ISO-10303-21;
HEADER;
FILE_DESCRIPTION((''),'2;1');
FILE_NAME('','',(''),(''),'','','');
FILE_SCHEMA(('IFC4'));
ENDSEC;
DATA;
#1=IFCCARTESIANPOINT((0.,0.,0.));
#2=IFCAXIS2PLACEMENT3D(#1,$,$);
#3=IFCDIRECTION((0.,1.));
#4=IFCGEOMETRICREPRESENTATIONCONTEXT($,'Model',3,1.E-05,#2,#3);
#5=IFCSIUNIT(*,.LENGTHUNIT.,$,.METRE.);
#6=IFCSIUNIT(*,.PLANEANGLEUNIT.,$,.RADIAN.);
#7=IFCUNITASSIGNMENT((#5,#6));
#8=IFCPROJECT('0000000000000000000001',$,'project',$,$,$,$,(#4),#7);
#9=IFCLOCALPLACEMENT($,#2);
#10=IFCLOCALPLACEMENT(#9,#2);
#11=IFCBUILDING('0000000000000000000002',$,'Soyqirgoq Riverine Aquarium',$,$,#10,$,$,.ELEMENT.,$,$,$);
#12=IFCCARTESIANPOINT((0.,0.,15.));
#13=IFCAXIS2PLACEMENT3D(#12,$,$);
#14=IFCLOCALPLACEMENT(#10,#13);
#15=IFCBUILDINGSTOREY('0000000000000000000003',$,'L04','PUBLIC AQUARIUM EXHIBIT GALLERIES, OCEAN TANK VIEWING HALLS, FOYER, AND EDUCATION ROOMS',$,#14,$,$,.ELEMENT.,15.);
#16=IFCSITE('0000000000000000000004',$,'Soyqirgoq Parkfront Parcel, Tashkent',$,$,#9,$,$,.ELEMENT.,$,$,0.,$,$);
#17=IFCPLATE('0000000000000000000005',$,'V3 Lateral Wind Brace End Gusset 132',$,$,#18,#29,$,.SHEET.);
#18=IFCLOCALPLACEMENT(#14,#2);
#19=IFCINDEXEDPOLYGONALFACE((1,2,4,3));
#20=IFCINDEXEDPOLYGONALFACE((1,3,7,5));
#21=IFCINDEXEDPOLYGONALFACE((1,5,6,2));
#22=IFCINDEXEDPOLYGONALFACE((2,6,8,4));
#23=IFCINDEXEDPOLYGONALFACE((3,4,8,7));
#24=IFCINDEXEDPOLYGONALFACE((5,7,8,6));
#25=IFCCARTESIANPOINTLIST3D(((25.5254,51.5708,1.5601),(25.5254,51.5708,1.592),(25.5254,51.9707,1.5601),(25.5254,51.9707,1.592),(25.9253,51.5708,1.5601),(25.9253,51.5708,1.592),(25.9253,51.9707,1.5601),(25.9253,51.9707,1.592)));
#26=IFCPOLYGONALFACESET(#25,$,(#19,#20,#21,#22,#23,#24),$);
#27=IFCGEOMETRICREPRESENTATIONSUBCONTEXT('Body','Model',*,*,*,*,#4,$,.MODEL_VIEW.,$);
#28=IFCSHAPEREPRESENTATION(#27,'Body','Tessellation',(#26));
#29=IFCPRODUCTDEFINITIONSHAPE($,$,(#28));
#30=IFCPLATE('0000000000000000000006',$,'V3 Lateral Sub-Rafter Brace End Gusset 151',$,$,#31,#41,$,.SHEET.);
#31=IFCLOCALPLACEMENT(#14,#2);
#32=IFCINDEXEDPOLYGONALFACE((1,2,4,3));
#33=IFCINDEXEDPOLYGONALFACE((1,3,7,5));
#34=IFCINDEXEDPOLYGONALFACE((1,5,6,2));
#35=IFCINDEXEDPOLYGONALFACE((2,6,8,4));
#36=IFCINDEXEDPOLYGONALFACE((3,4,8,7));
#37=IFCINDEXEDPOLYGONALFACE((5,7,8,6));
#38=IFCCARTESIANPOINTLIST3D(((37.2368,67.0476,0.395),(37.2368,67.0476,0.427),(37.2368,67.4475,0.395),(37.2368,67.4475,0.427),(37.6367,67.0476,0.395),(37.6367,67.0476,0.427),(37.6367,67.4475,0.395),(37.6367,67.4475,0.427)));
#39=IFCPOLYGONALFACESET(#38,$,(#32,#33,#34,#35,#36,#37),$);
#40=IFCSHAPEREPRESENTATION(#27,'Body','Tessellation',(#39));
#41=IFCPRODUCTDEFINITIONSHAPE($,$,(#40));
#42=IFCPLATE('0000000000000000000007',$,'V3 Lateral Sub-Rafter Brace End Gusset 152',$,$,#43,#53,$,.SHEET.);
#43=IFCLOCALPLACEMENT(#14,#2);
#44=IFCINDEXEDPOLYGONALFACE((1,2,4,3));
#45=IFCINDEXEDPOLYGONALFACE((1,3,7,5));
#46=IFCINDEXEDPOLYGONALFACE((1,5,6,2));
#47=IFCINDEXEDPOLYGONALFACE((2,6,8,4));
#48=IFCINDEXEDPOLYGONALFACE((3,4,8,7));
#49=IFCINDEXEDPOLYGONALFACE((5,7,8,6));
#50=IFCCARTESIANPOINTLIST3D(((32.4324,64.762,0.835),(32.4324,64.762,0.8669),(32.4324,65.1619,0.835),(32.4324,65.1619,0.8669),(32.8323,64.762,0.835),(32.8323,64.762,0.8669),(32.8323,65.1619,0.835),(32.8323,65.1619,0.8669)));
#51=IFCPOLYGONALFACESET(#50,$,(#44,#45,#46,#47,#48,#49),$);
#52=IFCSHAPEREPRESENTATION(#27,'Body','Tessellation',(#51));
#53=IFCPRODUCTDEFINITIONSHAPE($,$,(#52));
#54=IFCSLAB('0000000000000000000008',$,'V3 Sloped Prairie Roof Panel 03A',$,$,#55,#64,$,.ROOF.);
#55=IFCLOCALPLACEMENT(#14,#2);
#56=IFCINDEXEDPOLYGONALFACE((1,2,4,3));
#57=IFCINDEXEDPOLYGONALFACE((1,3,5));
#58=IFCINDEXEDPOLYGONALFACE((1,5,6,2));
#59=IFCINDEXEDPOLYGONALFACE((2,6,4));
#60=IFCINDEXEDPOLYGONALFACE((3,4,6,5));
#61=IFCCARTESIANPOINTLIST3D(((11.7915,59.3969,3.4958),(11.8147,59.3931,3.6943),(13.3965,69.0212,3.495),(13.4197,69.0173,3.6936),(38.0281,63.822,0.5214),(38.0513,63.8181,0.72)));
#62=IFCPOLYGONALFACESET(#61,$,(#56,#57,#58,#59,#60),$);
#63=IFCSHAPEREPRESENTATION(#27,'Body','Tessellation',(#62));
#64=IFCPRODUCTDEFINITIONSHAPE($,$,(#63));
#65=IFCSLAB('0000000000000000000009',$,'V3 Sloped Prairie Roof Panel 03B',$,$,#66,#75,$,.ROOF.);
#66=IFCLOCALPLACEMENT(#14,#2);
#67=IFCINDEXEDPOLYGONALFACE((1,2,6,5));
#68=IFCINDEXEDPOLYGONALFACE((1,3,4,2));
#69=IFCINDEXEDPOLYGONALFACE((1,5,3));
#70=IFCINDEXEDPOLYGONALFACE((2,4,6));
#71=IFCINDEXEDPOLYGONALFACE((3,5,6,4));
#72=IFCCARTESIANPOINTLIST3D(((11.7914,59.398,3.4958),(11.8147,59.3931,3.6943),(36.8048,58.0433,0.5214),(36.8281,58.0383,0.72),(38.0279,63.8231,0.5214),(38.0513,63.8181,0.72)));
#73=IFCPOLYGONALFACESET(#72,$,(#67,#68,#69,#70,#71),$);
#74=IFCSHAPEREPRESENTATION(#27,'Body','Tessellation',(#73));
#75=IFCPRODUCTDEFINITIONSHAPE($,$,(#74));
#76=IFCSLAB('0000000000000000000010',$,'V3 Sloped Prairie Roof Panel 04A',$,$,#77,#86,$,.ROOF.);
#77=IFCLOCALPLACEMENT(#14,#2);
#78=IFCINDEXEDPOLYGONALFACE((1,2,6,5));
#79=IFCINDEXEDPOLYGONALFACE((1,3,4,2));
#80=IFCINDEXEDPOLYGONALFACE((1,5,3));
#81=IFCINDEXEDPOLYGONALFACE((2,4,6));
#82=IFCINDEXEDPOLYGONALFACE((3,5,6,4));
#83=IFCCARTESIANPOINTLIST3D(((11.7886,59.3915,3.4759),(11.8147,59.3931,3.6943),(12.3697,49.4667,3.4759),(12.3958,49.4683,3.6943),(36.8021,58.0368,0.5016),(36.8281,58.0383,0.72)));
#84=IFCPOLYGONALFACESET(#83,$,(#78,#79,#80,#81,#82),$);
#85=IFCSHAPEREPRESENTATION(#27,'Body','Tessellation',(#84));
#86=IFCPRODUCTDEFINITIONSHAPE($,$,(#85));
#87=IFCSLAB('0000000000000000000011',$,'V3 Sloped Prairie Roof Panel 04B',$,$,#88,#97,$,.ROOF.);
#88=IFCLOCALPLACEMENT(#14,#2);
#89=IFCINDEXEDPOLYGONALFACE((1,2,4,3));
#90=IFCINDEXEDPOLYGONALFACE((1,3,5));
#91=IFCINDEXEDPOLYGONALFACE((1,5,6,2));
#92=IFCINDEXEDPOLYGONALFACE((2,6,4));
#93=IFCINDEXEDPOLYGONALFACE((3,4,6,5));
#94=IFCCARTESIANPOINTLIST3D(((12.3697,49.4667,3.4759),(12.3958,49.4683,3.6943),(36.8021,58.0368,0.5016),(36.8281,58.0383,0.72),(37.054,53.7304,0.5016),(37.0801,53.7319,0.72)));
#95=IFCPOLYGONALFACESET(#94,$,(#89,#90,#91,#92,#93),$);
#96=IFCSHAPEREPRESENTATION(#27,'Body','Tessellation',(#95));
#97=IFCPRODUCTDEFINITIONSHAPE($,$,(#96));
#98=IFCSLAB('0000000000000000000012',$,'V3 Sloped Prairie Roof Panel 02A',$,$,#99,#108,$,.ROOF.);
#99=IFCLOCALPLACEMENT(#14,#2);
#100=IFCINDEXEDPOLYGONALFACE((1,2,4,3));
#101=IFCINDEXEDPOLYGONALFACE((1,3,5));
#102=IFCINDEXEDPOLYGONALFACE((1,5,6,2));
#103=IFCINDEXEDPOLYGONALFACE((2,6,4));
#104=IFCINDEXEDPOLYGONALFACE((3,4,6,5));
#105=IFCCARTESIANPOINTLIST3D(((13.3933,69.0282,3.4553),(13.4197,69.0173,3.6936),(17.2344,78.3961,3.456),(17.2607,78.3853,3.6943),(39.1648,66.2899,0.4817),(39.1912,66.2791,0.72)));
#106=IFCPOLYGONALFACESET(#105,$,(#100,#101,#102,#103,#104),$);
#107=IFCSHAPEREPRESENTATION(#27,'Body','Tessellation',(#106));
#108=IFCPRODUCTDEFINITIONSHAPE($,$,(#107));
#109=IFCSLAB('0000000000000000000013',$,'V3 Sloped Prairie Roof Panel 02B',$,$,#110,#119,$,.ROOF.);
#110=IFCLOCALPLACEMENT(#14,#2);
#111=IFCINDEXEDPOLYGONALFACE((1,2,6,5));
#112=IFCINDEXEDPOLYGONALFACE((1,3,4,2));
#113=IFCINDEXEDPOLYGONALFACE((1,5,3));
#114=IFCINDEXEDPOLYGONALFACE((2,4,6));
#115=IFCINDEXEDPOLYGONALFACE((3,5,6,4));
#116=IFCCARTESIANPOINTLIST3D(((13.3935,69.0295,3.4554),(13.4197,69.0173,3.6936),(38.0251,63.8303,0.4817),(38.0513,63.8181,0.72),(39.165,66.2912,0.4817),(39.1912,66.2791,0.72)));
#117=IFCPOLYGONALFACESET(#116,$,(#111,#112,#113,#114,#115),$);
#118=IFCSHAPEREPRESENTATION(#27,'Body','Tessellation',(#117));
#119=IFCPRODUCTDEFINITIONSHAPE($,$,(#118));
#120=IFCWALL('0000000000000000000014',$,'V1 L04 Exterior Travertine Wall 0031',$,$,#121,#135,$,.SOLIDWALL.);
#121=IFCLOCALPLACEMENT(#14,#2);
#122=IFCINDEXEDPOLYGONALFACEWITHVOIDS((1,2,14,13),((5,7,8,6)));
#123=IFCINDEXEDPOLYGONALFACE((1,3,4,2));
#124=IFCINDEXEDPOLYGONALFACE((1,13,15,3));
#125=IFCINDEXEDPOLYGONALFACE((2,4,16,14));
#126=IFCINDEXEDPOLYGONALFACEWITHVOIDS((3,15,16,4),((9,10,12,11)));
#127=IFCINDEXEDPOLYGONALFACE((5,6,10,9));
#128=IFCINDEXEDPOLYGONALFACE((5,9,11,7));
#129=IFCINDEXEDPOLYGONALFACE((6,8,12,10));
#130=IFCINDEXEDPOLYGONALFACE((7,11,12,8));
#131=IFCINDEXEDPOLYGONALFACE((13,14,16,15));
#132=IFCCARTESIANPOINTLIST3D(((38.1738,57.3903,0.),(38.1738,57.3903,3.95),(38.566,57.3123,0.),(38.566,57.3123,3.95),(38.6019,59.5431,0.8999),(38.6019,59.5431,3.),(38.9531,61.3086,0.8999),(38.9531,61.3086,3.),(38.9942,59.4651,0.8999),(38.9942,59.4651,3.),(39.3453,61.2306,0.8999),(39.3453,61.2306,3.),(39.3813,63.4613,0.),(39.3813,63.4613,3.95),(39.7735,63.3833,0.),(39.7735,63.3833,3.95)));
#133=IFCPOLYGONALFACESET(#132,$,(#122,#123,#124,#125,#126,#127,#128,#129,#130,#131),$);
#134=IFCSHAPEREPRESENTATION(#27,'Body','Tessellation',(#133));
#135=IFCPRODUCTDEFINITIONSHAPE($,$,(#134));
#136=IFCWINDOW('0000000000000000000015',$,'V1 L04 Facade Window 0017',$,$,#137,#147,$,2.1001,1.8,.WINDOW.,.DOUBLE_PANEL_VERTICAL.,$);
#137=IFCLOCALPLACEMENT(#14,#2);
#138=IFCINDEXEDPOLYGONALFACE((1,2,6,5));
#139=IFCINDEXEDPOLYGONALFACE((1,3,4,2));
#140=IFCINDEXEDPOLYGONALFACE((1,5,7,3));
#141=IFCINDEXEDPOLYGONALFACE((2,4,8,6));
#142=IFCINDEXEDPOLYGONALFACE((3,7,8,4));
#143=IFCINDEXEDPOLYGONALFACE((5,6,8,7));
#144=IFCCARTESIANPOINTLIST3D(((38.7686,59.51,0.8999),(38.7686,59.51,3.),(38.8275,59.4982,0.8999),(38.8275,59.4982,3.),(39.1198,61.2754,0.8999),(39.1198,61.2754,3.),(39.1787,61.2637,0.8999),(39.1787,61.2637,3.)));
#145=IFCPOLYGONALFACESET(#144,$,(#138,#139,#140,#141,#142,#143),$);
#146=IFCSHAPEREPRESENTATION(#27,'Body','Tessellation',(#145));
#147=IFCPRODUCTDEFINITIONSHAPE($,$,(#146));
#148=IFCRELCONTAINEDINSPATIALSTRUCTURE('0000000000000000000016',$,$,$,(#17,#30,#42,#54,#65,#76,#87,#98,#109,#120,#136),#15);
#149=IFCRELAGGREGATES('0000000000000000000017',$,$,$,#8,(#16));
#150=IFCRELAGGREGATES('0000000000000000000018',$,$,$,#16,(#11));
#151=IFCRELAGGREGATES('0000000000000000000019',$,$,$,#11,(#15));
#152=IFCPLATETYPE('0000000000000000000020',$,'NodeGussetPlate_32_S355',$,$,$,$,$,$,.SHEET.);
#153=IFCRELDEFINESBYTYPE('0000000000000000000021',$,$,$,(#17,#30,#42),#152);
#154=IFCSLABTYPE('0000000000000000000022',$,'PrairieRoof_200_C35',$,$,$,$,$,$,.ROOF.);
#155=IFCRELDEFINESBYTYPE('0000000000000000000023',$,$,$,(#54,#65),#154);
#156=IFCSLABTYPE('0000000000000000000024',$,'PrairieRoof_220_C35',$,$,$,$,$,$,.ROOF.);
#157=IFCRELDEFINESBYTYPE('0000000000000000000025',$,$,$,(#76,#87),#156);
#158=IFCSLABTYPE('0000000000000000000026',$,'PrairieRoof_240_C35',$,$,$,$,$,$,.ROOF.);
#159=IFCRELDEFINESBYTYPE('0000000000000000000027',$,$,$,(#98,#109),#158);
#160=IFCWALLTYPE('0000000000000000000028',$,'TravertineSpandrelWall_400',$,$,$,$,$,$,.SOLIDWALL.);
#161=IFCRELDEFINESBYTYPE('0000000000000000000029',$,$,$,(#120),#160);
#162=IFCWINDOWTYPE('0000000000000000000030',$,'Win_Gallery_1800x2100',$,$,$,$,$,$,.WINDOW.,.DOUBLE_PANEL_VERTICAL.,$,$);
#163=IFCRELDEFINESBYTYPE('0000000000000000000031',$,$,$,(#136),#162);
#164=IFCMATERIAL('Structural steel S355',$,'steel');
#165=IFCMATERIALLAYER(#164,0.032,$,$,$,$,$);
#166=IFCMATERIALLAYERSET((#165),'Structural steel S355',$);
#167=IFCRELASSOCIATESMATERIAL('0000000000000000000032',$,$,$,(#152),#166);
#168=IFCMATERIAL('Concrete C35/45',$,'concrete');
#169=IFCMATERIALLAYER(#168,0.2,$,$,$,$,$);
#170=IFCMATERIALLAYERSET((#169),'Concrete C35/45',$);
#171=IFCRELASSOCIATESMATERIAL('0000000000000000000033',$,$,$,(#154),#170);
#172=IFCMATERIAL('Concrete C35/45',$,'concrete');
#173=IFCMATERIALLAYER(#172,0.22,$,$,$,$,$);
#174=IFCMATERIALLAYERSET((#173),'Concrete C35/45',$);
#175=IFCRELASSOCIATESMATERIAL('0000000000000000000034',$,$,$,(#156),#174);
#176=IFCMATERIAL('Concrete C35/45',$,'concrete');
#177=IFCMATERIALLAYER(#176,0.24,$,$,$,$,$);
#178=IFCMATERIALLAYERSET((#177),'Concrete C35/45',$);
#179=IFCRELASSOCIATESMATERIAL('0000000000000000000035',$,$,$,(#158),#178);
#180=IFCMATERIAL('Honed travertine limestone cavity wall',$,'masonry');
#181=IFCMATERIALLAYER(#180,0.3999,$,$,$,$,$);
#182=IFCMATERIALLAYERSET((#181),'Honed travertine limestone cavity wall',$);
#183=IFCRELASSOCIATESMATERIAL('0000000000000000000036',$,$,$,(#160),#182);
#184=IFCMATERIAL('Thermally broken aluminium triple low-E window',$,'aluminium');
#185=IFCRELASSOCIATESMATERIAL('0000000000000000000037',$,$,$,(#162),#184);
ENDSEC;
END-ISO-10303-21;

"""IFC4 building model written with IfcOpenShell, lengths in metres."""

from ifc_helpers import new_model, si_unit, direction, frame, frame_2d, origin, origin_2d, place, context, subcontext, project, spatial, polyline, rectangle, outline, extrude, material, layer, layer_set, type_object, element, fill, save


model = new_model("IFC4")

# Units and contexts
model_context = context("Model", 3, precision=1e-05, world=origin(), true_north=direction((0.0, 1.0)))
body_context = subcontext(model_context, "Body", "Model", "MODEL_VIEW")
ifc_project = project(units=[si_unit("LENGTHUNIT", "METRE"), si_unit("PLANEANGLEUNIT", "RADIAN")], contexts=[model_context])

# Site, building, storey
site_placement = place(None, origin())
site = spatial("IfcSite", under=ifc_project, at=site_placement, Name="Soyqirgoq Parkfront Parcel, Tashkent", CompositionType="ELEMENT", RefElevation=0.0)
building_placement = place(site_placement, origin())
building = spatial("IfcBuilding", under=site, at=building_placement, Name="Soyqirgoq Riverine Aquarium", CompositionType="ELEMENT")
storey_placement = place(building_placement, frame((0.0, 0.0, 15.0)))
storey = spatial("IfcBuildingStorey", under=building, at=storey_placement, Name="L04", Description="PUBLIC AQUARIUM EXHIBIT GALLERIES, OCEAN TANK VIEWING HALLS, FOYER, AND EDUCATION ROOMS", CompositionType="ELEMENT", Elevation=15.0)

# Plates
ifc_material_1 = material(Name="Structural steel S355", Category="steel")
ifc_layer_1 = layer(ifc_material_1, 0.032)
ifc_layer_set_1 = layer_set([ifc_layer_1], Name="Structural steel S355")
plate_type = type_object("IfcPlateType", Name="NodeGussetPlate_32_S355", PredefinedType="SHEET", material=ifc_layer_set_1)
for number, where, z_axis, x_axis, name in (
    (1, (25.7253, 51.7708, 1.5601), (0.0, 0.0, 1.0), (1.0, 0.0, 0.0), "V3 Lateral Wind Brace End Gusset 132"),
    (2, (37.4368, 67.2476, 0.395), (0.0, 0.0, 1.0), (1.0, 0.0, 0.0), "V3 Lateral Sub-Rafter Brace End Gusset 151"),
    (3, (32.6323, 64.9619, 0.835), (0.0, 0.0, 1.0), (1.0, 0.0, 0.0), "V3 Lateral Sub-Rafter Brace End Gusset 152"),
):
    element("IfcPlate", number, at=place(storey_placement, frame(where, z_axis=z_axis, x_axis=x_axis)), inside=storey, type_object=plate_type, Name=name, PredefinedType="SHEET", context=body_context, shape_type="SweptSolid", body=[
        extrude(rectangle(XDim=0.3999, YDim=0.3999, at=origin_2d()), origin(), (0.0, 0.0, 1.0), 0.032),
    ])

# Slabs
ifc_material_2 = material(Name="Concrete C35/45", Category="concrete")
ifc_layer_2 = layer(ifc_material_2, 0.2)
ifc_layer_set_2 = layer_set([ifc_layer_2], Name="Concrete C35/45")
slab_type_1 = type_object("IfcSlabType", Name="PrairieRoof_200_C35", PredefinedType="ROOF", material=ifc_layer_set_2)
slab_1_placement = place(storey_placement, frame((38.0513, 63.8181, 0.72), z_axis=(0.115828, -0.01924, 0.993083), x_axis=(-0.971685, 0.205103, 0.117306)))
element("IfcSlab", 4, at=slab_1_placement, inside=storey, type_object=slab_type_1, Name="V3 Sloped Prairie Roof Panel 03A", PredefinedType="ROOF", context=body_context, shape_type="SweptSolid", body=[
    extrude(outline(polyline([(0.0, 0.0), (25.3494, 0.0), (24.935, 9.7484), (0.0, 0.0)])), origin(), (0.0, 0.0, -1.0), 0.2),
])
slab_2_placement = place(storey_placement, frame((38.0513, 63.8181, 0.72), z_axis=(0.116724, -0.024702, 0.992857), x_axis=(-0.979969, -0.165281, 0.111096)))
element("IfcSlab", 5, at=slab_2_placement, inside=storey, type_object=slab_type_1, Name="V3 Sloped Prairie Roof Panel 03B", PredefinedType="ROOF", context=body_context, shape_type="SweptSolid", body=[
    extrude(outline(polyline([(0.0, 0.0), (26.7729, 0.0), (2.1539, 5.5011), (0.0, 0.0)])), origin(), (0.0, 0.0, -1.0), 0.2),
])
ifc_material_3 = material(Name="Concrete C35/45", Category="concrete")
ifc_layer_3 = layer(ifc_material_3, 0.22)
ifc_layer_set_3 = layer_set([ifc_layer_3], Name="Concrete C35/45")
slab_type_2 = type_object("IfcSlabType", Name="PrairieRoof_220_C35", PredefinedType="ROOF", material=ifc_layer_set_3)
slab_3_placement = place(storey_placement, frame((36.8281, 58.0383, 0.72), z_axis=(0.118446, 0.006935, 0.992936), x_axis=(-0.991571, 0.053704, 0.117908)))
element("IfcSlab", 6, at=slab_3_placement, inside=storey, type_object=slab_type_2, Name="V3 Sloped Prairie Roof Panel 04A", PredefinedType="ROOF", context=body_context, shape_type="SweptSolid", body=[
    extrude(outline(polyline([(0.0, 0.0), (25.2261, 0.0), (24.1169, 9.8797), (0.0, 0.0)])), origin(), (0.0, 0.0, -1.0), 0.22),
])
slab_4_placement = place(storey_placement, frame((36.8281, 58.0383, 0.72), z_axis=(0.118448, 0.00693, 0.992936), x_axis=(-0.937467, -0.328832, 0.114126)))
element("IfcSlab", 7, at=slab_4_placement, inside=storey, type_object=slab_type_2, Name="V3 Sloped Prairie Roof Panel 04B", PredefinedType="ROOF", context=body_context, shape_type="SweptSolid", body=[
    extrude(outline(polyline([(0.0, 0.0), (26.0621, 0.0), (1.1799, 4.1493), (0.0, 0.0)])), origin(), (0.0, 0.0, -1.0), 0.22),
])
ifc_material_4 = material(Name="Concrete C35/45", Category="concrete")
ifc_layer_4 = layer(ifc_material_4, 0.24)
ifc_layer_set_4 = layer_set([ifc_layer_4], Name="Concrete C35/45")
slab_type_3 = type_object("IfcSlabType", Name="PrairieRoof_240_C35", PredefinedType="ROOF", material=ifc_layer_set_4)
slab_5_placement = place(storey_placement, frame((39.1912, 66.2791, 0.72), z_axis=(0.109778, -0.045089, 0.992933), x_axis=(-0.869358, 0.47991, 0.117909)))
element("IfcSlab", 8, at=slab_5_placement, inside=storey, type_object=slab_type_3, Name="V3 Sloped Prairie Roof Panel 02A", PredefinedType="ROOF", context=body_context, shape_type="SweptSolid", body=[
    extrude(outline(polyline([(0.0, 0.0), (25.226, 0.0), (24.0694, 10.0585), (0.0, 0.0)])), origin(), (0.0, 0.0, -1.0), 0.24),
])
slab_6_placement = place(storey_placement, frame((39.1912, 66.2791, 0.72), z_axis=(0.109173, -0.050569, 0.992736), x_axis=(-0.987921, 0.104969, 0.113991)))
element("IfcSlab", 9, at=slab_6_placement, inside=storey, type_object=slab_type_3, Name="V3 Sloped Prairie Roof Panel 02B", PredefinedType="ROOF", context=body_context, shape_type="SweptSolid", body=[
    extrude(outline(polyline([(0.0, 0.0), (26.0866, 0.0), (0.8678, 2.5695), (0.0, 0.0)])), origin(), (0.0, 0.0, -1.0), 0.24),
])

# Wall, opening, window
ifc_material_5 = material(Name="Honed travertine limestone cavity wall", Category="masonry")
ifc_layer_5 = layer(ifc_material_5, 0.3999)
ifc_layer_set_5 = layer_set([ifc_layer_5], Name="Honed travertine limestone cavity wall")
wall_type = type_object("IfcWallType", Name="TravertineSpandrelWall_400", PredefinedType="SOLIDWALL", material=ifc_layer_set_5)
wall_placement = place(storey_placement, frame((38.3699, 57.3513, 0.0), z_axis=(0.0, 0.0, 1.0), x_axis=(0.195077, 0.980788, 0.0)))
wall = element("IfcWall", 10, at=wall_placement, inside=storey, type_object=wall_type, Name="V1 L04 Exterior Travertine Wall 0031", PredefinedType="SOLIDWALL", context=body_context, shape_type="SweptSolid", body=[
    extrude(rectangle(XDim=6.1899, YDim=0.3999, at=frame_2d((3.095, 0.0))), origin(), (0.0, 0.0, 1.0), 3.95),
])
opening_placement = place(wall_placement, frame((2.1951, 0.0, 0.8999)))
opening = element("IfcOpeningElement", 11, at=opening_placement, cuts=wall, PredefinedType="OPENING", context=body_context, shape_type="SweptSolid", body=[
    extrude(rectangle(XDim=1.8, YDim=2.1001, at=frame_2d((0.8999, 1.05))), frame((0.0, 0.21, 0.0), z_axis=(0.0, -1.0, 0.0), x_axis=(1.0, 0.0, 0.0)), (0.0, 0.0, 1.0), 0.4199),
])
ifc_material_6 = material(Name="Thermally broken aluminium triple low-E window", Category="aluminium")
window_type = type_object("IfcWindowType", Name="Win_Gallery_1800x2100", PartitioningType="DOUBLE_PANEL_VERTICAL", PredefinedType="WINDOW", material=ifc_material_6)
window_placement = place(opening_placement, origin())
window = element("IfcWindow", 12, at=window_placement, inside=storey, type_object=window_type, Name="V1 L04 Facade Window 0017", OverallHeight=2.1001, OverallWidth=1.8, PartitioningType="DOUBLE_PANEL_VERTICAL", PredefinedType="WINDOW", context=body_context, shape_type="SweptSolid", body=[
    extrude(rectangle(XDim=1.8, YDim=2.1001, at=frame_2d((0.8999, 1.05))), frame((0.0, 0.03, 0.0), z_axis=(0.0, -1.0, 0.0), x_axis=(1.0, 0.0, 0.0)), (0.0, 0.0, 1.0), 0.0601),
])
fill(opening, window)

save(model, "model.ifc")
